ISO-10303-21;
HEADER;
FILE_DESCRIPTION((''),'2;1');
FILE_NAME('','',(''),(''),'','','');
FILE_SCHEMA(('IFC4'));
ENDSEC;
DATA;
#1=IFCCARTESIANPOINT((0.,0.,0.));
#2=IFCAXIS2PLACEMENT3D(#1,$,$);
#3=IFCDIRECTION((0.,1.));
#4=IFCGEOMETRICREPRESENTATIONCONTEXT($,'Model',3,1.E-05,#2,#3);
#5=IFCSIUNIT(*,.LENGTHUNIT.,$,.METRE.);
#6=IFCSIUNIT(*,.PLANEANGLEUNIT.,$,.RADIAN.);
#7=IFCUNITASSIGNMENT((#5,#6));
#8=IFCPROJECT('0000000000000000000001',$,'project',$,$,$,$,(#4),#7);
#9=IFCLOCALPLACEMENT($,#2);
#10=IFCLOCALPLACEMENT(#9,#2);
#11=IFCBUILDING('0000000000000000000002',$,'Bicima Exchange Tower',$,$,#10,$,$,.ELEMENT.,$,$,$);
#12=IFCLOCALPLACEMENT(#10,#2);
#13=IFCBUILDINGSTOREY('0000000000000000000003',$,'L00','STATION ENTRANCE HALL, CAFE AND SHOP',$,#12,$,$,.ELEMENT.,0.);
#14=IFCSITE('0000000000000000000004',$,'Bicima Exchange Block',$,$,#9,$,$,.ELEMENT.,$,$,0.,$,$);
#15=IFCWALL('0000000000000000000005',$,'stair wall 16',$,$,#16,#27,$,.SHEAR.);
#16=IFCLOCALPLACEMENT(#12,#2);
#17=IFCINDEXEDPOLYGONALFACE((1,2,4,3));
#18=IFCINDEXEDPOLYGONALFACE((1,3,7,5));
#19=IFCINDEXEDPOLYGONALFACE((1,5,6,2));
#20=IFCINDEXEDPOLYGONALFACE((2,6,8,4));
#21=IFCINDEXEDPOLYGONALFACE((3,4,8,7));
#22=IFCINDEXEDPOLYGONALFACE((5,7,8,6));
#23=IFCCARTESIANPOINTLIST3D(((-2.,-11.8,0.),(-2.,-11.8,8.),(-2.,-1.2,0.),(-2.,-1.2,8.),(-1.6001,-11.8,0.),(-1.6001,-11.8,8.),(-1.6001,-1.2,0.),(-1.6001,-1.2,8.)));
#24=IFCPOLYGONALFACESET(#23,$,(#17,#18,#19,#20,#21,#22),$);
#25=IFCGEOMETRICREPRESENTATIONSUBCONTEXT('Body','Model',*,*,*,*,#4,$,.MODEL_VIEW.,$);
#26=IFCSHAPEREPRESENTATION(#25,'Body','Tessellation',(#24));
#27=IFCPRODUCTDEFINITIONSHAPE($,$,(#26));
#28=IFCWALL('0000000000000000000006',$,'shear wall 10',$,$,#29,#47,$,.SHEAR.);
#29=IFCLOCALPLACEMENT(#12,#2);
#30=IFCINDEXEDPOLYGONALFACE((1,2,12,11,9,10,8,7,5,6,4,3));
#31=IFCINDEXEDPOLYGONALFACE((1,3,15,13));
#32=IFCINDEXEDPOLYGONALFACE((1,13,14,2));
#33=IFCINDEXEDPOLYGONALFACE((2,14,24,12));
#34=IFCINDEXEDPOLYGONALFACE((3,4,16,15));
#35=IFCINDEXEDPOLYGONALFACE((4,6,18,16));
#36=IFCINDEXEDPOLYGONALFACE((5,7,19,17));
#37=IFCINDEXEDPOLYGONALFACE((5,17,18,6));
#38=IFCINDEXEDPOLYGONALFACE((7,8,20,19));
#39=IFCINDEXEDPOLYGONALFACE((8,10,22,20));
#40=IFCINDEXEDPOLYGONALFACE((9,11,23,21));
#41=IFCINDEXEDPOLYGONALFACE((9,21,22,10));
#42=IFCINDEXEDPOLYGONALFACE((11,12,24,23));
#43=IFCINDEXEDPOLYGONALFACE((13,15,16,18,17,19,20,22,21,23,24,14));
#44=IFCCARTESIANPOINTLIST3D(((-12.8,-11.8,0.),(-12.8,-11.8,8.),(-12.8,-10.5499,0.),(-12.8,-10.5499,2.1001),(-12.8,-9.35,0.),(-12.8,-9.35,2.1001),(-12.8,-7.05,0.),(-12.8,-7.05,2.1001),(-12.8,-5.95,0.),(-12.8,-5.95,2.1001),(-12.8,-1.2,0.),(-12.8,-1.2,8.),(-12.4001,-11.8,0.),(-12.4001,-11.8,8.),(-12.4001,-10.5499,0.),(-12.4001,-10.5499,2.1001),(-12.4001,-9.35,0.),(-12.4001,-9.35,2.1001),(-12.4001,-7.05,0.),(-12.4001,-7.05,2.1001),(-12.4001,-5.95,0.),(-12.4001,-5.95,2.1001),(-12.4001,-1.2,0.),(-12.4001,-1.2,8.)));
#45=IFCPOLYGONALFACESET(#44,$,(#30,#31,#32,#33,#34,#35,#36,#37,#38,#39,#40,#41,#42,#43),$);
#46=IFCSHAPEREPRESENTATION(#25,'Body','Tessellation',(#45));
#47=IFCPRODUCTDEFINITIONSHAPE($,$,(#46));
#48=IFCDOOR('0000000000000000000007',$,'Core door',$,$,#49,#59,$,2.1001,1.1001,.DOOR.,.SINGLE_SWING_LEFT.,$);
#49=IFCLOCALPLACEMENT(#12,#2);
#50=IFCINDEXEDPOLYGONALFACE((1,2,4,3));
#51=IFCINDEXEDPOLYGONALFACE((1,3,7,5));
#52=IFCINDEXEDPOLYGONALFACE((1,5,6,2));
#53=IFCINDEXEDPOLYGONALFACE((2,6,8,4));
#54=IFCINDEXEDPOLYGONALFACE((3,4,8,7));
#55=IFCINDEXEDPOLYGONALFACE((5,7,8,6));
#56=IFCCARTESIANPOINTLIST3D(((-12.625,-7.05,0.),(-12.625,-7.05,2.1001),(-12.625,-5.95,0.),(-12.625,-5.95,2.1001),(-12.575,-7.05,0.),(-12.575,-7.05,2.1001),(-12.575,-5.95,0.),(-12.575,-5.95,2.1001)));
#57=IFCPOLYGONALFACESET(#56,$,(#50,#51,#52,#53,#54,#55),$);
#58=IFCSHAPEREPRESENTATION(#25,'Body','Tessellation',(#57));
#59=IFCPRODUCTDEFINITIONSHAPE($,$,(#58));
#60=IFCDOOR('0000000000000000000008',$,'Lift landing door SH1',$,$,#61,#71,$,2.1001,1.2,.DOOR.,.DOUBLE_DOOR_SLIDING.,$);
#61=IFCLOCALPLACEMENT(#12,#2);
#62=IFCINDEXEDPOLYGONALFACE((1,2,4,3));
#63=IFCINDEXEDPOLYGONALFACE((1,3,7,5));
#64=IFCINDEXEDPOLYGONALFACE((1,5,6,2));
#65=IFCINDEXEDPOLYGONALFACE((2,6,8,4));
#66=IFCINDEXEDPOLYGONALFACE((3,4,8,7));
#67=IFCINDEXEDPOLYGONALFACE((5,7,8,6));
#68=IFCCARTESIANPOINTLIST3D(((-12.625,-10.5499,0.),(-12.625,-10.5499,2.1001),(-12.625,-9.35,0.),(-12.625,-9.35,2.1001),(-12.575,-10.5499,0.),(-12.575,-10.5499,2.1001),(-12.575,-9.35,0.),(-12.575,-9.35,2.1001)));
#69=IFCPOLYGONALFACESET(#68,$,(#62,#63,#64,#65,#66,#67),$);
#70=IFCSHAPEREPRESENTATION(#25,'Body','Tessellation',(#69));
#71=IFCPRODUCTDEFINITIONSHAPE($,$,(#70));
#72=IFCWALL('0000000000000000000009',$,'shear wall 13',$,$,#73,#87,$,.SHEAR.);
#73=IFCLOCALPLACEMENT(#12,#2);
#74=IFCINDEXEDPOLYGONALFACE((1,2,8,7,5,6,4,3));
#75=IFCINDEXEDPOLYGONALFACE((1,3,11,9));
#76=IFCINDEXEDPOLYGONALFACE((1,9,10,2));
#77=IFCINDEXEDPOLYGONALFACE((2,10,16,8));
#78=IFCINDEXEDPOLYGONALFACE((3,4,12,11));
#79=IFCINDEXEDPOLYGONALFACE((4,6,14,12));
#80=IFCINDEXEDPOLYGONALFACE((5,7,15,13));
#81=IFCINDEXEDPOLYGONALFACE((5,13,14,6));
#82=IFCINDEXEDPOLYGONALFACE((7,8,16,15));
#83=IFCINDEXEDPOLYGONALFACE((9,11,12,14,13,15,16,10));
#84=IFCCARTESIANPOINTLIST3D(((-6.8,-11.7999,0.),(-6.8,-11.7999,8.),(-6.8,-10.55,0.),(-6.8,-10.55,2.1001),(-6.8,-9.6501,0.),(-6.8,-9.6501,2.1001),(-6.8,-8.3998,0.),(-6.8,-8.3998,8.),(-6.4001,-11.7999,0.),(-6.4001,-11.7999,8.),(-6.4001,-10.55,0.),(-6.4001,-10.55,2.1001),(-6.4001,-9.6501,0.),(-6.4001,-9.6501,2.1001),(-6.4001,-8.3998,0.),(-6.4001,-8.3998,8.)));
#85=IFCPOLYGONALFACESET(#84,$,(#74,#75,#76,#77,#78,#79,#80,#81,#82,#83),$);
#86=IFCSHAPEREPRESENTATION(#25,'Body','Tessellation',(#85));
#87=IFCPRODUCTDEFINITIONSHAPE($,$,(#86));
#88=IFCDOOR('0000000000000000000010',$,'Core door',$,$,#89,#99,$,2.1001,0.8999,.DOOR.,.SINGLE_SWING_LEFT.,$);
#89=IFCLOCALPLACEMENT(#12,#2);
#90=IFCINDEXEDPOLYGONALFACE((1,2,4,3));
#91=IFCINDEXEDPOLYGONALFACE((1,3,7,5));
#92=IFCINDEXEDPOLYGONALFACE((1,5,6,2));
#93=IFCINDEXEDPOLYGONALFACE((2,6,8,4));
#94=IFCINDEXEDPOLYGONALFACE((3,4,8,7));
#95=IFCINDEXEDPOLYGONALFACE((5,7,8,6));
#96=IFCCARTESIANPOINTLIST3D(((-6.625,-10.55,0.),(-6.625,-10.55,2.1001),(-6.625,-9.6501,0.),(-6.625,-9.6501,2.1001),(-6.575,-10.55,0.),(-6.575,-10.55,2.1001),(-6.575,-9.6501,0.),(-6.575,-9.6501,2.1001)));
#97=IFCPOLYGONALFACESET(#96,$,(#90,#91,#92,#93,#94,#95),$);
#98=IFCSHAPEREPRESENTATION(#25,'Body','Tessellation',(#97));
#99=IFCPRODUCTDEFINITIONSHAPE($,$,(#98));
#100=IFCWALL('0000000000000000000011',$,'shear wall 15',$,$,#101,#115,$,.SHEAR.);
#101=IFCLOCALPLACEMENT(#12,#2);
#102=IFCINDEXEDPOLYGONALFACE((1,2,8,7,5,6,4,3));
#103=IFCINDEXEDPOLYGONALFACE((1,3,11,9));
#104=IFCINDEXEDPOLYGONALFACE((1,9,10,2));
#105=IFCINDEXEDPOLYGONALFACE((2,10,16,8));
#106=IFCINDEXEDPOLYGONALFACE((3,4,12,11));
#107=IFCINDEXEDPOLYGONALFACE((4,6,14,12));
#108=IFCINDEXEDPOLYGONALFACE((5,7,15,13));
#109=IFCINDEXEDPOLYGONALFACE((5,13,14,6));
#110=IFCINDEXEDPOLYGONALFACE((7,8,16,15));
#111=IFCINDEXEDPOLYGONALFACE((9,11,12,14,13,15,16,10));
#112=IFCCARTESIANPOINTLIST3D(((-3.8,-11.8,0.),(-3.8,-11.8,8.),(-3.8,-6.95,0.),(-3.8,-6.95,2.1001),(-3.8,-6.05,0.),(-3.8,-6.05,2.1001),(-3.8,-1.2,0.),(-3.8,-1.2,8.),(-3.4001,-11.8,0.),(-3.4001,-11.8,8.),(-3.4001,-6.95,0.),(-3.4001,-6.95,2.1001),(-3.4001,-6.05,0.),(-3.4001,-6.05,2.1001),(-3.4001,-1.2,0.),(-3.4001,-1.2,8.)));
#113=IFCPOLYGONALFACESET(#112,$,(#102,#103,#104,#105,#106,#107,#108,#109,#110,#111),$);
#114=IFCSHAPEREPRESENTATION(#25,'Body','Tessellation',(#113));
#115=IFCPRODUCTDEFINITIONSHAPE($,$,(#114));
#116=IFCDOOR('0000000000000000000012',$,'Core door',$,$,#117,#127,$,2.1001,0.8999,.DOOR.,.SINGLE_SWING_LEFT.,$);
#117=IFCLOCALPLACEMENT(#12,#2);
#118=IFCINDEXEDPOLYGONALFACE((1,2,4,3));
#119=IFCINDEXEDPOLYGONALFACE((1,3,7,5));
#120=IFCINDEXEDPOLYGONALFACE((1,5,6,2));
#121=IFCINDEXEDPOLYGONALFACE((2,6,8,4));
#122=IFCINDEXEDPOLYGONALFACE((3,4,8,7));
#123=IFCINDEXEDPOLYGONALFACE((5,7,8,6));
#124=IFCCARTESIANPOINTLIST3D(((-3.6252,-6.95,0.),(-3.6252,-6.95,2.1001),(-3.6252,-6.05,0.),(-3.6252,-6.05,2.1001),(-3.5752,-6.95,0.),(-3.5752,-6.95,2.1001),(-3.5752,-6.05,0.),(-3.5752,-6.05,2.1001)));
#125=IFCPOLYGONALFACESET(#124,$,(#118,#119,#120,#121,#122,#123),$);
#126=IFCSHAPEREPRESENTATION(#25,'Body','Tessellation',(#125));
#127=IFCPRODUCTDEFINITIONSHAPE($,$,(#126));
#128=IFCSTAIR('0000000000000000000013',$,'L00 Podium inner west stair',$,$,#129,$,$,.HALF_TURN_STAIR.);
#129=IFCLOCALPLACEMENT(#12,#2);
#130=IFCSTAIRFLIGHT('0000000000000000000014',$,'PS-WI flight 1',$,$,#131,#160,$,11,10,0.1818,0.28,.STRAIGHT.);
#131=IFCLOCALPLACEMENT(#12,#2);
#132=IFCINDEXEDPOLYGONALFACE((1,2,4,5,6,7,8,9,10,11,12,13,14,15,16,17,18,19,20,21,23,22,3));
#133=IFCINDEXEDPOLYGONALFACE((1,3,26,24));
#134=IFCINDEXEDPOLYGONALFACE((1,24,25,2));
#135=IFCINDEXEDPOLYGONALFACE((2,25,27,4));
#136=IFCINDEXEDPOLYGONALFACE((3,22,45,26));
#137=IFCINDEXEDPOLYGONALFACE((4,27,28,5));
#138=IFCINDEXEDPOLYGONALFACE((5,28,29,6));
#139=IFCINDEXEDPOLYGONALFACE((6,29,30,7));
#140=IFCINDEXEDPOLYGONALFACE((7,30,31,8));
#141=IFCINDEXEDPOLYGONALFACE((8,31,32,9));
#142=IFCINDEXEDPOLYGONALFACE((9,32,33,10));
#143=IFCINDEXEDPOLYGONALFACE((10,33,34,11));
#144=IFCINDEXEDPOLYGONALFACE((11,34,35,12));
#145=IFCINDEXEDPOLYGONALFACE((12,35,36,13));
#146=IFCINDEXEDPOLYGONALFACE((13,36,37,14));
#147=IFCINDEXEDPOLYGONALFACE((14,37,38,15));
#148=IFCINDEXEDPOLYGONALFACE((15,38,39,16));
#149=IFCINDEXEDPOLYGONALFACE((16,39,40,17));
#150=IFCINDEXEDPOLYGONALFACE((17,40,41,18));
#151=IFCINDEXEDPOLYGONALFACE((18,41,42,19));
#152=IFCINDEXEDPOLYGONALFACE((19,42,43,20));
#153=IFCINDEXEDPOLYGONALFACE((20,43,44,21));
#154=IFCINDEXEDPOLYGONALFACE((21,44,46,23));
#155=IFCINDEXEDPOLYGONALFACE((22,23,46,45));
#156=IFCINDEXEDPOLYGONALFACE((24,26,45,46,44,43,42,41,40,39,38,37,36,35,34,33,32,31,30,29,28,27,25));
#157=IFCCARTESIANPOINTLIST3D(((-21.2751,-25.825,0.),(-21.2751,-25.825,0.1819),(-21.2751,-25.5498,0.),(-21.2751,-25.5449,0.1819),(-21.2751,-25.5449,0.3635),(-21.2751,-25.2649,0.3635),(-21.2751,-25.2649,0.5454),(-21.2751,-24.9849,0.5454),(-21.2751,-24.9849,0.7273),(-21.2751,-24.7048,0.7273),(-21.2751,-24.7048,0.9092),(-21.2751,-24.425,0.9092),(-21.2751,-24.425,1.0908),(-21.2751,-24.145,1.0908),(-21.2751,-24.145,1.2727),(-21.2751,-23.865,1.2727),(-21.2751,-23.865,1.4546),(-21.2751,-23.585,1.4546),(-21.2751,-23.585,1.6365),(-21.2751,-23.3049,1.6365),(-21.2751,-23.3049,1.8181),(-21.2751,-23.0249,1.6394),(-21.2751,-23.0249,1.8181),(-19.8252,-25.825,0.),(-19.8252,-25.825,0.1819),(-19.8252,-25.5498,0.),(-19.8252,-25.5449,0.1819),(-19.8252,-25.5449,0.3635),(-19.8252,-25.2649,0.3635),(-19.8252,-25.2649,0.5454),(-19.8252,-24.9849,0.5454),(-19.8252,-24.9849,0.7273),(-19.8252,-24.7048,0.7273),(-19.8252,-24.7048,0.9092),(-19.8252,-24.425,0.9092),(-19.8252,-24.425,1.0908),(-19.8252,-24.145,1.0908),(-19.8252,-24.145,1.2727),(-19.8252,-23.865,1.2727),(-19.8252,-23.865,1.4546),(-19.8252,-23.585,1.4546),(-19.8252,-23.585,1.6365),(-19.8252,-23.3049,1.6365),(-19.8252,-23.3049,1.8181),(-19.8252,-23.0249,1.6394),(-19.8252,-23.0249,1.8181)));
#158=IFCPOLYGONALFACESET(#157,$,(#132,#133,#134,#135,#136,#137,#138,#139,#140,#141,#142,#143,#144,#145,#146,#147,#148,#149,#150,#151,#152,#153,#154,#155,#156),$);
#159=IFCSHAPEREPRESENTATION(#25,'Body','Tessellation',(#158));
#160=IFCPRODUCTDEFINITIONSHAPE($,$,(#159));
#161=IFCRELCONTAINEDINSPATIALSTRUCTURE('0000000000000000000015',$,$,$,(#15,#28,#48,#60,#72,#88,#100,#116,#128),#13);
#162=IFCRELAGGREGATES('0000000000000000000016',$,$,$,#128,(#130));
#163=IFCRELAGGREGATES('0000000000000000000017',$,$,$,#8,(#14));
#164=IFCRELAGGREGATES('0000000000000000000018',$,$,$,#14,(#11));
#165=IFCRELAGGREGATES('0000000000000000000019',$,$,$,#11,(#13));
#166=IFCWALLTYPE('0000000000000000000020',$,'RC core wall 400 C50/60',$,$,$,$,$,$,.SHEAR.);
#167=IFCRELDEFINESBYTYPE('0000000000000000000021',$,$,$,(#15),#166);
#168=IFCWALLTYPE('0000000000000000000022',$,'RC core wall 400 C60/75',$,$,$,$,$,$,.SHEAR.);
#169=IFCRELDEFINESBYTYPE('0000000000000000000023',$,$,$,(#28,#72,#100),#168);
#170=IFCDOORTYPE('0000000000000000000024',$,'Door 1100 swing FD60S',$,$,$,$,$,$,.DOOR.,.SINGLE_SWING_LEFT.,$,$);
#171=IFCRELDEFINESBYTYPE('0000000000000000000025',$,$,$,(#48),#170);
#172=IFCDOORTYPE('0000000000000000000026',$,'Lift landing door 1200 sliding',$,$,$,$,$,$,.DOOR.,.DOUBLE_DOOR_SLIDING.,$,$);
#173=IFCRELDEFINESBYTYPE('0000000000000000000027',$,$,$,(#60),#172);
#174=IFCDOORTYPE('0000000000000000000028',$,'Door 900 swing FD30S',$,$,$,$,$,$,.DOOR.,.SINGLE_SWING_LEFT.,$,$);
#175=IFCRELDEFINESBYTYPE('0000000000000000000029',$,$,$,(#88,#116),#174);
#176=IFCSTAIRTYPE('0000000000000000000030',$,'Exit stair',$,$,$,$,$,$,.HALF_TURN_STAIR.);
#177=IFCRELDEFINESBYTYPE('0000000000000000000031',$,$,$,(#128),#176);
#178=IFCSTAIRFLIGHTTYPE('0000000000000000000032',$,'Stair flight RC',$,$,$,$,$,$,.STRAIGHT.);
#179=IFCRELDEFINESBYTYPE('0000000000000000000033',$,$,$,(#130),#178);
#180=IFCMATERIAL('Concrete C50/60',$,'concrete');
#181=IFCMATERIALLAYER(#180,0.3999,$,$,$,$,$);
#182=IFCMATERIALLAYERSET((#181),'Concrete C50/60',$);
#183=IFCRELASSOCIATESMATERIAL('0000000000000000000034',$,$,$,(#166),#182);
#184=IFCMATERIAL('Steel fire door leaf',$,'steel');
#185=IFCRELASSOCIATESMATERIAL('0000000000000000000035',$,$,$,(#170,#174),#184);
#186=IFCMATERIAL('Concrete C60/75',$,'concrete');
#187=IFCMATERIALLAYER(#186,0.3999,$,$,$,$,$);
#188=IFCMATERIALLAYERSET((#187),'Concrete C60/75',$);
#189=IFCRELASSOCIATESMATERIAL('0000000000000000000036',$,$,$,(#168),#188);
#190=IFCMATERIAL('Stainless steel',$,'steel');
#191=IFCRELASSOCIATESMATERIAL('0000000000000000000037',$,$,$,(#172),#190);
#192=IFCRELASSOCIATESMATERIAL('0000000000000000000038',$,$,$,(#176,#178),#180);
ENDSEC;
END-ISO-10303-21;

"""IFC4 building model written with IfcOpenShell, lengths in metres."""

from ifc_helpers import new_model, si_unit, direction, frame, frame_2d, origin, place, context, subcontext, project, spatial, polyline, rectangle, outline, extrude, material, layer, layer_set, type_object, element, fill, aggregate, save


model = new_model("IFC4")

# Units and contexts
model_context = context("Model", 3, precision=1e-05, world=origin(), true_north=direction((0.0, 1.0)))
body_context = subcontext(model_context, "Body", "Model", "MODEL_VIEW")
ifc_project = project(units=[si_unit("LENGTHUNIT", "METRE"), si_unit("PLANEANGLEUNIT", "RADIAN")], contexts=[model_context])

# Site, building, storey
site_placement = place(None, origin())
site = spatial("IfcSite", under=ifc_project, at=site_placement, Name="Bicima Exchange Block", CompositionType="ELEMENT", RefElevation=0.0)
building_placement = place(site_placement, origin())
building = spatial("IfcBuilding", under=site, at=building_placement, Name="Bicima Exchange Tower", CompositionType="ELEMENT")
storey_placement = place(building_placement, origin())
storey = spatial("IfcBuildingStorey", under=building, at=storey_placement, Name="L00", Description="STATION ENTRANCE HALL, CAFE AND SHOP", CompositionType="ELEMENT", Elevation=0.0)

# Shared definitions
ifc_material_1 = material(Name="Concrete C60/75", Category="concrete")

# Shared definitions
ifc_material_2 = material(Name="Steel fire door leaf", Category="steel")
ifc_material_3 = material(Name="Concrete C50/60", Category="concrete")

# Shared definitions
ifc_layer_1 = layer(ifc_material_3, 0.3999)
ifc_layer_set_1 = layer_set([ifc_layer_1], Name="Concrete C50/60")
wall_type_1 = type_object("IfcWallType", Name="RC core wall 400 C50/60", PredefinedType="SHEAR", material=ifc_layer_set_1)
door_type_1 = type_object("IfcDoorType", Name="Door 1100 swing FD60S", OperationType="SINGLE_SWING_LEFT", PredefinedType="DOOR", material=ifc_material_2)

# Wall
wall_1_placement = place(storey_placement, frame((-1.8, -11.8, 0.0), z_axis=(0.0, 0.0, 1.0), x_axis=(0.0, 1.0, 0.0)))
element("IfcWall", 1, at=wall_1_placement, inside=storey, type_object=wall_type_1, Name="stair wall 16", PredefinedType="SHEAR", context=body_context, shape_type="SweptSolid", body=[
    extrude(rectangle(XDim=10.6001, YDim=0.3999, at=frame_2d((5.3, 0.0))), origin(), (0.0, 0.0, 1.0), 8.0),
])

# Wall, openings, doors
ifc_layer_2 = layer(ifc_material_1, 0.3999)
ifc_layer_set_2 = layer_set([ifc_layer_2], Name="Concrete C60/75")
wall_type_2 = type_object("IfcWallType", Name="RC core wall 400 C60/75", PredefinedType="SHEAR", material=ifc_layer_set_2)
wall_2_placement = place(storey_placement, frame((-12.6001, -11.8, 0.0), z_axis=(0.0, 0.0, 1.0), x_axis=(0.0, 1.0, 0.0)))
wall_2 = element("IfcWall", 2, at=wall_2_placement, inside=storey, type_object=wall_type_2, Name="shear wall 10", PredefinedType="SHEAR", context=body_context, shape_type="SweptSolid", body=[
    extrude(rectangle(XDim=10.6001, YDim=0.3999, at=frame_2d((5.3, 0.0))), origin(), (0.0, 0.0, 1.0), 8.0),
])
opening_1_placement = place(wall_2_placement, frame((1.25, 0.0, 0.0)))
opening_1 = element("IfcOpeningElement", 3, at=opening_1_placement, cuts=wall_2, PredefinedType="OPENING", context=body_context, shape_type="SweptSolid", body=[
    extrude(rectangle(XDim=1.2, YDim=2.1001, at=frame_2d((0.6001, 1.05))), frame((0.0, 0.2119, 0.0), z_axis=(0.0, -1.0, 0.0), x_axis=(1.0, 0.0, 0.0)), (0.0, 0.0, 1.0), 0.4238),
])
opening_2_placement = place(wall_2_placement, frame((4.75, 0.0, 0.0)))
opening_2 = element("IfcOpeningElement", 4, at=opening_2_placement, cuts=wall_2, PredefinedType="OPENING", context=body_context, shape_type="SweptSolid", body=[
    extrude(rectangle(XDim=1.1001, YDim=2.1001, at=frame_2d((0.55, 1.05))), frame((0.0, 0.2119, 0.0), z_axis=(0.0, -1.0, 0.0), x_axis=(1.0, 0.0, 0.0)), (0.0, 0.0, 1.0), 0.4238),
])
door_1_placement = place(opening_2_placement, origin())
door_1 = element("IfcDoor", 5, at=door_1_placement, inside=storey, type_object=door_type_1, Name="Core door", OperationType="SINGLE_SWING_LEFT", OverallHeight=2.1001, OverallWidth=1.1001, PredefinedType="DOOR", context=body_context, shape_type="SweptSolid", body=[
    extrude(rectangle(XDim=1.1001, YDim=2.1001, at=frame_2d((0.55, 1.05))), frame((0.0, 0.0249, 0.0), z_axis=(0.0, -1.0, 0.0), x_axis=(1.0, 0.0, 0.0)), (0.0, 0.0, 1.0), 0.05),
])
fill(opening_2, door_1)
ifc_material_4 = material(Name="Stainless steel", Category="steel")
door_type_2 = type_object("IfcDoorType", Name="Lift landing door 1200 sliding", OperationType="DOUBLE_DOOR_SLIDING", PredefinedType="DOOR", material=ifc_material_4)
door_2_placement = place(opening_1_placement, origin())
door_2 = element("IfcDoor", 6, at=door_2_placement, inside=storey, type_object=door_type_2, Name="Lift landing door SH1", OperationType="DOUBLE_DOOR_SLIDING", OverallHeight=2.1001, OverallWidth=1.2, PredefinedType="DOOR", context=body_context, shape_type="SweptSolid", body=[
    extrude(rectangle(XDim=1.2, YDim=2.1001, at=frame_2d((0.6001, 1.05))), frame((0.0, 0.0249, 0.0), z_axis=(0.0, -1.0, 0.0), x_axis=(1.0, 0.0, 0.0)), (0.0, 0.0, 1.0), 0.05),
])
fill(opening_1, door_2)

# Walls, openings, doors
wall_3_placement = place(storey_placement, frame((-6.6001, -11.8, 0.0), z_axis=(0.0, 0.0, 1.0), x_axis=(0.0, 1.0, 0.0)))
wall_3 = element("IfcWall", 7, at=wall_3_placement, inside=storey, type_object=wall_type_2, Name="shear wall 13", PredefinedType="SHEAR", context=body_context, shape_type="SweptSolid", body=[
    extrude(rectangle(XDim=3.4001, YDim=0.3999, at=frame_2d((1.7002, 0.0))), origin(), (0.0, 0.0, 1.0), 8.0),
])
opening_3_placement = place(wall_3_placement, frame((1.25, 0.0, 0.0)))
opening_3 = element("IfcOpeningElement", 8, at=opening_3_placement, cuts=wall_3, PredefinedType="OPENING", context=body_context, shape_type="SweptSolid", body=[
    extrude(rectangle(XDim=0.8999, YDim=2.1001, at=frame_2d((0.45, 1.05))), frame((0.0, 0.2119, 0.0), z_axis=(0.0, -1.0, 0.0), x_axis=(1.0, 0.0, 0.0)), (0.0, 0.0, 1.0), 0.4238),
])
door_type_3 = type_object("IfcDoorType", Name="Door 900 swing FD30S", OperationType="SINGLE_SWING_LEFT", PredefinedType="DOOR", material=ifc_material_2)
door_3_placement = place(opening_3_placement, origin())
door_3 = element("IfcDoor", 9, at=door_3_placement, inside=storey, type_object=door_type_3, Name="Core door", OperationType="SINGLE_SWING_LEFT", OverallHeight=2.1001, OverallWidth=0.8999, PredefinedType="DOOR", context=body_context, shape_type="SweptSolid", body=[
    extrude(rectangle(XDim=0.8999, YDim=2.1001, at=frame_2d((0.45, 1.05))), frame((0.0, 0.0249, 0.0), z_axis=(0.0, -1.0, 0.0), x_axis=(1.0, 0.0, 0.0)), (0.0, 0.0, 1.0), 0.05),
])
fill(opening_3, door_3)
wall_4_placement = place(storey_placement, frame((-3.6001, -11.8, 0.0), z_axis=(0.0, 0.0, 1.0), x_axis=(0.0, 1.0, 0.0)))
wall_4 = element("IfcWall", 10, at=wall_4_placement, inside=storey, type_object=wall_type_2, Name="shear wall 15", PredefinedType="SHEAR", context=body_context, shape_type="SweptSolid", body=[
    extrude(rectangle(XDim=10.6001, YDim=0.3999, at=frame_2d((5.3, 0.0))), origin(), (0.0, 0.0, 1.0), 8.0),
])
opening_4_placement = place(wall_4_placement, frame((4.8501, 0.0, 0.0)))
opening_4 = element("IfcOpeningElement", 11, at=opening_4_placement, cuts=wall_4, PredefinedType="OPENING", context=body_context, shape_type="SweptSolid", body=[
    extrude(rectangle(XDim=0.8999, YDim=2.1001, at=frame_2d((0.45, 1.05))), frame((0.0, 0.2119, 0.0), z_axis=(0.0, -1.0, 0.0), x_axis=(1.0, 0.0, 0.0)), (0.0, 0.0, 1.0), 0.4238),
])
door_4_placement = place(opening_4_placement, frame((0.8999, 0.0, 0.0), z_axis=(0.0, 0.0, 1.0), x_axis=(-1.0, 0.0, 0.0)))
door_4 = element("IfcDoor", 12, at=door_4_placement, inside=storey, type_object=door_type_3, Name="Core door", OperationType="SINGLE_SWING_LEFT", OverallHeight=2.1001, OverallWidth=0.8999, PredefinedType="DOOR", context=body_context, shape_type="SweptSolid", body=[
    extrude(rectangle(XDim=0.8999, YDim=2.1001, at=frame_2d((0.45, 1.05))), frame((0.0, 0.0249, 0.0), z_axis=(0.0, -1.0, 0.0), x_axis=(1.0, 0.0, 0.0)), (0.0, 0.0, 1.0), 0.05),
])
fill(opening_4, door_4)

# Stair, stair flight
stair_type = type_object("IfcStairType", Name="Exit stair", PredefinedType="HALF_TURN_STAIR", material=ifc_material_3)
stair_placement = place(storey_placement, origin())
stair = element("IfcStair", 13, at=stair_placement, inside=storey, type_object=stair_type, Name="L00 Podium inner west stair", PredefinedType="HALF_TURN_STAIR")
stair_flight_type = type_object("IfcStairFlightType", Name="Stair flight RC", PredefinedType="STRAIGHT", material=ifc_material_3)
stair_flight_1_placement = place(storey_placement, frame((-20.55, -25.825, 0.0), z_axis=(0.0, 0.0, 1.0), x_axis=(0.0, 1.0, 0.0)))
stair_flight_1 = element("IfcStairFlight", 14, at=stair_flight_1_placement, type_object=stair_flight_type, Name="PS-WI flight 1", NumberOfRisers=11, NumberOfTreads=10, PredefinedType="STRAIGHT", RiserHeight=0.1818, TreadLength=0.28, context=body_context, shape_type="SweptSolid", body=[
    extrude(outline(polyline([(0.0, 0.0), (0.0, 0.1819), (0.28, 0.1819), (0.28, 0.3635), (0.5601, 0.3635), (0.5601, 0.5454), (0.8401, 0.5454), (0.8401, 0.7273), (1.1201, 0.7273), (1.1201, 0.9092), (1.3999, 0.9092), (1.3999, 1.0908), (1.6799, 1.0908), (1.6799, 1.2727), (1.96, 1.2727), (1.96, 1.4546), (2.24, 1.4546), (2.24, 1.6365), (2.52, 1.6365), (2.52, 1.8181), (2.8, 1.8181), (2.8, 2.0), (2.8, 1.6394), (0.2751, 0.0), (0.0, 0.0)])), frame((0.0, 0.7251, 0.0), z_axis=(0.0, -1.0, 0.0), x_axis=(1.0, 0.0, 0.0)), (0.0, 0.0, 1.0), 1.45),
])
aggregate(stair, [stair_flight_1])

save(model, "model.ifc")
